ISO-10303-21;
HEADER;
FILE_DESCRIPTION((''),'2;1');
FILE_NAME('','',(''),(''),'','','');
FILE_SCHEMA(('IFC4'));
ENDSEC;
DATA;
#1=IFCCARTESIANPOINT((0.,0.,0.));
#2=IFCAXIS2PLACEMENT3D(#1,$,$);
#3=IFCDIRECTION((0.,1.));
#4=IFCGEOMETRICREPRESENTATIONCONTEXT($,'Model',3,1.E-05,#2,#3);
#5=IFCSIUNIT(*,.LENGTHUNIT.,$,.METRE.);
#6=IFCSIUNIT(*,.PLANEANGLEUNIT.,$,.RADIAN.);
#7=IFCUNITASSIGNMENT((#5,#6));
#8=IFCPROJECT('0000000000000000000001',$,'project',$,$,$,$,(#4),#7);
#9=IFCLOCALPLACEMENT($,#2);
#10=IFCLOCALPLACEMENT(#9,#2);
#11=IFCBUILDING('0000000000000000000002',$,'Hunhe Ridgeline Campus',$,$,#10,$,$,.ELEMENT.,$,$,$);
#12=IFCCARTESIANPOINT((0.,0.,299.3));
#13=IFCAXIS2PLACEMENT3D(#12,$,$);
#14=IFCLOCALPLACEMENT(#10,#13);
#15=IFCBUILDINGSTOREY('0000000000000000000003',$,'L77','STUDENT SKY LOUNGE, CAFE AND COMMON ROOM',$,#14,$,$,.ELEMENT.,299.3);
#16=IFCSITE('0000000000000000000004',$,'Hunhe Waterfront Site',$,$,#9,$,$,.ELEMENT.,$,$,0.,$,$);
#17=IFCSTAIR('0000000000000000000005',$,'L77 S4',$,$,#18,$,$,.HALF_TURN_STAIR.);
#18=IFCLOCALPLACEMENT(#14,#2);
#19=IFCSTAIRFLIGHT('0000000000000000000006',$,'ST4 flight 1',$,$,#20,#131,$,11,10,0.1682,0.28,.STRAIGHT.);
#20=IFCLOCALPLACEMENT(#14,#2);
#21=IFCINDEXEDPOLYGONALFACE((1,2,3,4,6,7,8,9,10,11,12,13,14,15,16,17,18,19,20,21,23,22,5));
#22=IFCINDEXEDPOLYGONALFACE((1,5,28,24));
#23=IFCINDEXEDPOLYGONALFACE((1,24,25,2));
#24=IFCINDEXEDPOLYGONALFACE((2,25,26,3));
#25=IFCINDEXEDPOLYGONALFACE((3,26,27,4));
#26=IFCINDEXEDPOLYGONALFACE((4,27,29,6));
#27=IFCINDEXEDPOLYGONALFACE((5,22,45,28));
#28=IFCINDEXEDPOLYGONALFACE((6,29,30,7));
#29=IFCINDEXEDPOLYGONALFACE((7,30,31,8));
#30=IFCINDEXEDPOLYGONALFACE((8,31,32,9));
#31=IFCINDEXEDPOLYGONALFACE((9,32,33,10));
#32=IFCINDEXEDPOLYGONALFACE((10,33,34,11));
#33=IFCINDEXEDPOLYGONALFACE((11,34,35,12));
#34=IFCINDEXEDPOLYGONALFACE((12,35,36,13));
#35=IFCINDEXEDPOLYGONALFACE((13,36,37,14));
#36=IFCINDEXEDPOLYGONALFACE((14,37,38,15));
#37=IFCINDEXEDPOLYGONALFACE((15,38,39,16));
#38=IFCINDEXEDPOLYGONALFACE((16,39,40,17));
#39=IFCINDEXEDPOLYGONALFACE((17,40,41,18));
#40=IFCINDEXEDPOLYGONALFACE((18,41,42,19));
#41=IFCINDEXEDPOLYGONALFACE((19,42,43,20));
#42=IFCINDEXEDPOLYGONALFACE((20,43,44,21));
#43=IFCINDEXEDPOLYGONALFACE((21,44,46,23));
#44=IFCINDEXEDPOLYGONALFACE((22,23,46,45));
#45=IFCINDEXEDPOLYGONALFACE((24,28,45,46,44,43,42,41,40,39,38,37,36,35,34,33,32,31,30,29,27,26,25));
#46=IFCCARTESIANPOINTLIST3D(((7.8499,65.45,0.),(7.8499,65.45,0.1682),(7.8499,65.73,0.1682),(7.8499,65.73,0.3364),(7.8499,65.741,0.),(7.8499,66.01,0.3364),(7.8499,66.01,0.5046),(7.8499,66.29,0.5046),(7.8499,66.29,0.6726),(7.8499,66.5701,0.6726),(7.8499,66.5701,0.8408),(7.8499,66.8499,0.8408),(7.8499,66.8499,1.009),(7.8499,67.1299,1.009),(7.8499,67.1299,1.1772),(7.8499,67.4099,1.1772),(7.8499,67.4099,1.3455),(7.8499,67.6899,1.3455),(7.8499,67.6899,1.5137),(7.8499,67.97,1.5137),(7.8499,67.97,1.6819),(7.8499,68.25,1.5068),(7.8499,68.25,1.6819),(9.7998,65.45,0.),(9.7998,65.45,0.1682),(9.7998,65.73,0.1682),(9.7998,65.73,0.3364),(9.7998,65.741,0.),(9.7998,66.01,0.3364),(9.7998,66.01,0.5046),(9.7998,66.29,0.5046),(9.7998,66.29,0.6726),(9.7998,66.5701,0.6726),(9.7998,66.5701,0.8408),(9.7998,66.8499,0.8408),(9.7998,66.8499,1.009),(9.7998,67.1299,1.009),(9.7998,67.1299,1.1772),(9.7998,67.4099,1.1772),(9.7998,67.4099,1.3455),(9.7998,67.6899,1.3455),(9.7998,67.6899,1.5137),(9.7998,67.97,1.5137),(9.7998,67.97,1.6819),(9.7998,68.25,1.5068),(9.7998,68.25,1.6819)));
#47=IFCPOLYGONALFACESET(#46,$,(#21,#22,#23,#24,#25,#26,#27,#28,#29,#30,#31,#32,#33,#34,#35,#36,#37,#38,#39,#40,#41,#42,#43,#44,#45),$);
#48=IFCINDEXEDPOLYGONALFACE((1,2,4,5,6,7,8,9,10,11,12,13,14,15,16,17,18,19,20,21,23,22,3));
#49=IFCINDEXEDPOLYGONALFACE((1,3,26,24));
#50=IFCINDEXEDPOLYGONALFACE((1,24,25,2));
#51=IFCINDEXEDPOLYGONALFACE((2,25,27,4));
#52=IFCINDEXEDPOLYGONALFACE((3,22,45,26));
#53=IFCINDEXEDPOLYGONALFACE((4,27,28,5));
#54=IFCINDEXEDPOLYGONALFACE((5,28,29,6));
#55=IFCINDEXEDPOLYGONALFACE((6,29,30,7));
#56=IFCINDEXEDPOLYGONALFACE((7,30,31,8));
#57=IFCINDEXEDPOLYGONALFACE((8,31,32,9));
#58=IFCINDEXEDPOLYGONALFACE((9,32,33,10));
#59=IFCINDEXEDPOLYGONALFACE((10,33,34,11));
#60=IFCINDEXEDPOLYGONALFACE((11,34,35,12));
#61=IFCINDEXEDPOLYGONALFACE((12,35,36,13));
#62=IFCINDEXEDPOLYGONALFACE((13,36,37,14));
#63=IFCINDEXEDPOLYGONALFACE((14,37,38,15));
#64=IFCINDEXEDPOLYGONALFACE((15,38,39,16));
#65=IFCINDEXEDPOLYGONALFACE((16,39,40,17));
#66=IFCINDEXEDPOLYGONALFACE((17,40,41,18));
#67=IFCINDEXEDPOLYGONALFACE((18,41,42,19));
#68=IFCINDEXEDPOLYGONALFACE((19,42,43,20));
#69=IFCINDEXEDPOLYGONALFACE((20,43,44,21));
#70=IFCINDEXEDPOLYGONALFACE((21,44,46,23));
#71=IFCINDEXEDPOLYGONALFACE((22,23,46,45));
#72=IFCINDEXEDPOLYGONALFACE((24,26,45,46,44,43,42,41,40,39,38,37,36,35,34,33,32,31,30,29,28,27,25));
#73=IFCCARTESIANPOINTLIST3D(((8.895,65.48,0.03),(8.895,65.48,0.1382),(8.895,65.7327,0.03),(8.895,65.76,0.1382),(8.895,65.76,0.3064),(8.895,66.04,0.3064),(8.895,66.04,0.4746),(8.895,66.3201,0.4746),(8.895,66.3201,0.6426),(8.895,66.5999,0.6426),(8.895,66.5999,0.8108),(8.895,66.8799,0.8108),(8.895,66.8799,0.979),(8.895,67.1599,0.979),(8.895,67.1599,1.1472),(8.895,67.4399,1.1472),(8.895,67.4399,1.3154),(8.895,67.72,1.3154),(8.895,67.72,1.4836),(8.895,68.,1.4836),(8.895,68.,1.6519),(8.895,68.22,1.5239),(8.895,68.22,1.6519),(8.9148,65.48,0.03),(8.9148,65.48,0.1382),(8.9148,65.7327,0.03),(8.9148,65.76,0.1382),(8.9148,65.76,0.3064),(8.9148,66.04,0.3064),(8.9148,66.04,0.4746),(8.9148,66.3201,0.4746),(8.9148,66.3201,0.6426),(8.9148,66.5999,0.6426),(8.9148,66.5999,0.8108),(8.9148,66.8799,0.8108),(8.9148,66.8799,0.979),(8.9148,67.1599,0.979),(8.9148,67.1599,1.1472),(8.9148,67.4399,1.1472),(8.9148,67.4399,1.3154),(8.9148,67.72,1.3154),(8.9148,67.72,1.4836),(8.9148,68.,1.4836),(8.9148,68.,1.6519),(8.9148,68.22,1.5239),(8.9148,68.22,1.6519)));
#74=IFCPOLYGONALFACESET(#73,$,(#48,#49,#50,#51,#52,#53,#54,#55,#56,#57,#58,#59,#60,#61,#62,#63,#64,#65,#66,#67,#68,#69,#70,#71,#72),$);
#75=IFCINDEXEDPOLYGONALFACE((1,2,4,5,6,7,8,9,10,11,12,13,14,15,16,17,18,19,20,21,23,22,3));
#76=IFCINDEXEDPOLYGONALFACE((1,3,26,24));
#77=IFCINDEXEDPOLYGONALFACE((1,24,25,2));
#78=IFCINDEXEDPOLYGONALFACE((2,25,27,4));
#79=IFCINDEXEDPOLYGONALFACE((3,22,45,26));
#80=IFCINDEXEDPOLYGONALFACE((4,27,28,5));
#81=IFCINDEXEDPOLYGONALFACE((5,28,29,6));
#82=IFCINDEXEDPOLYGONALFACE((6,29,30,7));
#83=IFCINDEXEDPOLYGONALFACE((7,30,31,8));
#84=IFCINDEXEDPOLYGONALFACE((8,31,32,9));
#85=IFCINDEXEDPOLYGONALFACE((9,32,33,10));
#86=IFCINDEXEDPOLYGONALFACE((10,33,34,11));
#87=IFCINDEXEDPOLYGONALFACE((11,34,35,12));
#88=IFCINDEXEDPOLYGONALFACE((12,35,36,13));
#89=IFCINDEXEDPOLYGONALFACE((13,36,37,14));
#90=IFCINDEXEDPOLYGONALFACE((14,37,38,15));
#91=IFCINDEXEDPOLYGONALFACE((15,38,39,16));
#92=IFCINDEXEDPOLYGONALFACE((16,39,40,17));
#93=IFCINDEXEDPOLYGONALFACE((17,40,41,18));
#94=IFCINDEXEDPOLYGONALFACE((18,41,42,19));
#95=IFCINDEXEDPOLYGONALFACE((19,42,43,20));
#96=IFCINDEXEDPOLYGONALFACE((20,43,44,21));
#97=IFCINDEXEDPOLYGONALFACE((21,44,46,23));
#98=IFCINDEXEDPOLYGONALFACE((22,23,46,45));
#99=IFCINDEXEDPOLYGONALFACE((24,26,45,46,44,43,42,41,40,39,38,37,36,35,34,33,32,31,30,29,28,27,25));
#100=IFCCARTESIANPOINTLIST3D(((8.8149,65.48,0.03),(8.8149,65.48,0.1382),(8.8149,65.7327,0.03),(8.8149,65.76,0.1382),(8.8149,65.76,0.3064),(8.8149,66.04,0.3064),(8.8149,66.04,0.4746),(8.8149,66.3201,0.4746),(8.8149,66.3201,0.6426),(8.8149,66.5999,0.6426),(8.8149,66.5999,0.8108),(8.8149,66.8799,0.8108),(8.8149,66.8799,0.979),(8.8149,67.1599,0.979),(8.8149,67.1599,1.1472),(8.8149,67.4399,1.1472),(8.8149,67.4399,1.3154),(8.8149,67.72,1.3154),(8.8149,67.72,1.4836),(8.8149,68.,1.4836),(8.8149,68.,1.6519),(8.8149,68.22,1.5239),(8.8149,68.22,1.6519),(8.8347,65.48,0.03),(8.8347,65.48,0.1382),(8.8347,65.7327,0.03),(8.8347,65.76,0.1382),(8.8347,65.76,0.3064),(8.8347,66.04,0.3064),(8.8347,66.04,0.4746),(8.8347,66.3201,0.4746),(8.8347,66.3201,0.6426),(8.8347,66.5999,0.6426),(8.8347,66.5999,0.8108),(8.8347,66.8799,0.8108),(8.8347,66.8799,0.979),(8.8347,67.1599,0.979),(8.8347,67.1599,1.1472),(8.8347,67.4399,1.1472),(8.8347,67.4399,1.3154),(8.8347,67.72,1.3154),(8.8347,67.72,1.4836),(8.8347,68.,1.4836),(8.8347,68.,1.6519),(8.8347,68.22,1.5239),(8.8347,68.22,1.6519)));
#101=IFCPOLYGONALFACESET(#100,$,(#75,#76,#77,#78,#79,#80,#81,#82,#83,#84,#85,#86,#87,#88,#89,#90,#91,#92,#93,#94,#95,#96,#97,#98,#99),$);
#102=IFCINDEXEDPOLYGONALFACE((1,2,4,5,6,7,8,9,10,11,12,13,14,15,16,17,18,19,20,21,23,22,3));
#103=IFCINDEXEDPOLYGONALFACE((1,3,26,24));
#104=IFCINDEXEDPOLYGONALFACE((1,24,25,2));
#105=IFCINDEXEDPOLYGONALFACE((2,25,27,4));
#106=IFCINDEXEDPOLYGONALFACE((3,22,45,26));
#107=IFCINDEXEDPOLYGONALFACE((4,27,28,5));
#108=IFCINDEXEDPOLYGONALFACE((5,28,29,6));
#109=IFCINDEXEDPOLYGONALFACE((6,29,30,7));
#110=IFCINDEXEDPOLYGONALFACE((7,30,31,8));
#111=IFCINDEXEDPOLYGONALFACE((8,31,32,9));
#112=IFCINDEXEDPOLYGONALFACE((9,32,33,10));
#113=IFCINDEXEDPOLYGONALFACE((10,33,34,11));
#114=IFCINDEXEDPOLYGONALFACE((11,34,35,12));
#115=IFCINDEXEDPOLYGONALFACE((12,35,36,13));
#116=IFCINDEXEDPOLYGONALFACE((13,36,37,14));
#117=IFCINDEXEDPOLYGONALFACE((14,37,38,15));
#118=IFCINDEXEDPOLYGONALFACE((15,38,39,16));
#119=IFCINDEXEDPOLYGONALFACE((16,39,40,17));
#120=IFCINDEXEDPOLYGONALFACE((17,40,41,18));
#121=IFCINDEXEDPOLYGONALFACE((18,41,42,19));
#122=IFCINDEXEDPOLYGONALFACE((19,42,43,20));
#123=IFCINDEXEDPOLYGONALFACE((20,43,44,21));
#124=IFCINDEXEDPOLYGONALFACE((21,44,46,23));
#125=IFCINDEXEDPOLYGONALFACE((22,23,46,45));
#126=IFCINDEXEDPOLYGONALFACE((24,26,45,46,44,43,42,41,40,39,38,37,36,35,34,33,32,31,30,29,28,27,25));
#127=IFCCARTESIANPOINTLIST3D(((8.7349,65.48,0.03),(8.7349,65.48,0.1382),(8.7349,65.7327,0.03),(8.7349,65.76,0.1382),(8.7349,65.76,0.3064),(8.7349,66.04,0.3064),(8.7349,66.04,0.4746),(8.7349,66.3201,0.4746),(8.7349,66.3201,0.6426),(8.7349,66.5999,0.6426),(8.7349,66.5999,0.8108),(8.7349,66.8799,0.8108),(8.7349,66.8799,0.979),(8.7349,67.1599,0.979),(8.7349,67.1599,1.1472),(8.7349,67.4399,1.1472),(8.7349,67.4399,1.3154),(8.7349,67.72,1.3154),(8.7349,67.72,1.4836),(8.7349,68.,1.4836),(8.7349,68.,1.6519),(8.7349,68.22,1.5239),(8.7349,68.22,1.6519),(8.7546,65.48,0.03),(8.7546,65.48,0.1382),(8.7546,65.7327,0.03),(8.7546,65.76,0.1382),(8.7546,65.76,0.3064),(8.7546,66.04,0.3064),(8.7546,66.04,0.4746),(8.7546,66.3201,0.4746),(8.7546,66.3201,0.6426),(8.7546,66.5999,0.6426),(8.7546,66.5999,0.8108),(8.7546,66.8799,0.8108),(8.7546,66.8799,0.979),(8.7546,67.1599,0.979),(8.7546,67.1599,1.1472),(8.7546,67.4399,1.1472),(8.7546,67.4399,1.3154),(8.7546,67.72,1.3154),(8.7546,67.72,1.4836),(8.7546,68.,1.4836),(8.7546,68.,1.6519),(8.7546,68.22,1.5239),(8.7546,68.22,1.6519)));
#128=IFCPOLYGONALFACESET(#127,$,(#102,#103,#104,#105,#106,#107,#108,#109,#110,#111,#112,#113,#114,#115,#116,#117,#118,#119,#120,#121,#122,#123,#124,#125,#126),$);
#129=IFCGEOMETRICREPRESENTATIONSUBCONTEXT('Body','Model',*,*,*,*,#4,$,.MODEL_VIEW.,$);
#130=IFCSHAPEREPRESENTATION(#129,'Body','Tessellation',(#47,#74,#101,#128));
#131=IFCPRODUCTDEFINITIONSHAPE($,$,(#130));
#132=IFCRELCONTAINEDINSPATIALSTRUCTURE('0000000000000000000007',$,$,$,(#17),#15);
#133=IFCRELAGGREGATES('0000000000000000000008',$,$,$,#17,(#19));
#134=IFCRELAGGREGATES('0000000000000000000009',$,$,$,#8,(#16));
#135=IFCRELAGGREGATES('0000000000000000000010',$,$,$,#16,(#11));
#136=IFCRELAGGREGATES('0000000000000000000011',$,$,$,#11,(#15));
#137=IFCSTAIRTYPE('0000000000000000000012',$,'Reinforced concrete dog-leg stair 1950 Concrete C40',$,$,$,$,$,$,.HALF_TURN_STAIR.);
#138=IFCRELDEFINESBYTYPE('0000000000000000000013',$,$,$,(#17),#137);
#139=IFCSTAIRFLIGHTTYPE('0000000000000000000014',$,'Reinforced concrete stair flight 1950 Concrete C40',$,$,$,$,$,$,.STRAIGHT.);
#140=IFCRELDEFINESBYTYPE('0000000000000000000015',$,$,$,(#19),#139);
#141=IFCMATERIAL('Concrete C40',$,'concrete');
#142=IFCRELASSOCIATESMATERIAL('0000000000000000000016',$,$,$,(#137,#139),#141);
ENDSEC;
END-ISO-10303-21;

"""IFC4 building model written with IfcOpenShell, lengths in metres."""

from ifc_helpers import new_model, si_unit, direction, frame, origin, place, context, subcontext, project, spatial, polyline, outline, extrude, material, type_object, element, aggregate, save


model = new_model("IFC4")

# Units and contexts
model_context = context("Model", 3, precision=1e-05, world=origin(), true_north=direction((0.0, 1.0)))
body_context = subcontext(model_context, "Body", "Model", "MODEL_VIEW")
ifc_project = project(units=[si_unit("LENGTHUNIT", "METRE"), si_unit("PLANEANGLEUNIT", "RADIAN")], contexts=[model_context])

# Site, building, storey
site_placement = place(None, origin())
site = spatial("IfcSite", under=ifc_project, at=site_placement, Name="Hunhe Waterfront Site", CompositionType="ELEMENT", RefElevation=0.0)
building_placement = place(site_placement, origin())
building = spatial("IfcBuilding", under=site, at=building_placement, Name="Hunhe Ridgeline Campus", CompositionType="ELEMENT")
storey_placement = place(building_placement, frame((0.0, 0.0, 299.3)))
storey = spatial("IfcBuildingStorey", under=building, at=storey_placement, Name="L77", Description="STUDENT SKY LOUNGE, CAFE AND COMMON ROOM", CompositionType="ELEMENT", Elevation=299.3)

# Stair, stair flight
ifc_material_1 = material(Name="Concrete C40", Category="concrete")
stair_type = type_object("IfcStairType", Name="Reinforced concrete dog-leg stair 1950 Concrete C40", PredefinedType="HALF_TURN_STAIR", material=ifc_material_1)
stair_flight_type = type_object("IfcStairFlightType", Name="Reinforced concrete stair flight 1950 Concrete C40", PredefinedType="STRAIGHT", material=ifc_material_1)
stair_1_placement = place(storey_placement, origin())
stair_1 = element("IfcStair", 1, at=stair_1_placement, inside=storey, type_object=stair_type, Name="L77 S4", PredefinedType="HALF_TURN_STAIR")
stair_flight_1_placement = place(storey_placement, frame((8.825, 65.45, 0.0), z_axis=(0.0, 0.0, 1.0), x_axis=(0.0, 1.0, 0.0)))
stair_flight_1 = element("IfcStairFlight", 2, at=stair_flight_1_placement, type_object=stair_flight_type, Name="ST4 flight 1", NumberOfRisers=11, NumberOfTreads=10, PredefinedType="STRAIGHT", RiserHeight=0.1682, TreadLength=0.28, context=body_context, shape_type="SweptSolid", body=[
    extrude(outline(polyline([(0.0, 0.0), (0.0, 0.1682), (0.28, 0.1682), (0.28, 0.3364), (0.5601, 0.3364), (0.5601, 0.5046), (0.8401, 0.5046), (0.8401, 0.6726), (1.1201, 0.6726), (1.1201, 0.8408), (1.3999, 0.8408), (1.3999, 1.009), (1.6799, 1.009), (1.6799, 1.1772), (1.96, 1.1772), (1.96, 1.3455), (2.24, 1.3455), (2.24, 1.5137), (2.52, 1.5137), (2.52, 1.6819), (2.8, 1.6819), (2.8, 1.8501), (2.8, 1.5068), (0.291, 0.0), (0.0, 0.0)])), frame((0.0, 0.9751, 0.0), z_axis=(0.0, -1.0, 0.0), x_axis=(1.0, 0.0, 0.0)), (0.0, 0.0, 1.0), 1.95),
    extrude(outline(polyline([(0.03, 0.03), (0.03, 0.1382), (0.3101, 0.1382), (0.3101, 0.3064), (0.5901, 0.3064), (0.5901, 0.4746), (0.8701, 0.4746), (0.8701, 0.6426), (1.1499, 0.6426), (1.1499, 0.8108), (1.4299, 0.8108), (1.4299, 0.979), (1.71, 0.979), (1.71, 1.1472), (1.99, 1.1472), (1.99, 1.3154), (2.27, 1.3154), (2.27, 1.4836), (2.55, 1.4836), (2.55, 1.6519), (2.77, 1.6519), (2.77, 1.5239), (0.2827, 0.03), (0.03, 0.03)])), frame((0.0, -0.0701, 0.0), z_axis=(0.0, -1.0, 0.0), x_axis=(1.0, 0.0, 0.0)), (0.0, 0.0, 1.0), 0.0198),
    extrude(outline(polyline([(0.03, 0.03), (0.03, 0.1382), (0.3101, 0.1382), (0.3101, 0.3064), (0.5901, 0.3064), (0.5901, 0.4746), (0.8701, 0.4746), (0.8701, 0.6426), (1.1499, 0.6426), (1.1499, 0.8108), (1.4299, 0.8108), (1.4299, 0.979), (1.71, 0.979), (1.71, 1.1472), (1.99, 1.1472), (1.99, 1.3154), (2.27, 1.3154), (2.27, 1.4836), (2.55, 1.4836), (2.55, 1.6519), (2.77, 1.6519), (2.77, 1.5239), (0.2827, 0.03), (0.03, 0.03)])), frame((0.0, 0.01, 0.0), z_axis=(0.0, -1.0, 0.0), x_axis=(1.0, 0.0, 0.0)), (0.0, 0.0, 1.0), 0.0198),
    extrude(outline(polyline([(0.03, 0.03), (0.03, 0.1382), (0.3101, 0.1382), (0.3101, 0.3064), (0.5901, 0.3064), (0.5901, 0.4746), (0.8701, 0.4746), (0.8701, 0.6426), (1.1499, 0.6426), (1.1499, 0.8108), (1.4299, 0.8108), (1.4299, 0.979), (1.71, 0.979), (1.71, 1.1472), (1.99, 1.1472), (1.99, 1.3154), (2.27, 1.3154), (2.27, 1.4836), (2.55, 1.4836), (2.55, 1.6519), (2.77, 1.6519), (2.77, 1.5239), (0.2827, 0.03), (0.03, 0.03)])), frame((0.0, 0.0901, 0.0), z_axis=(0.0, -1.0, 0.0), x_axis=(1.0, 0.0, 0.0)), (0.0, 0.0, 1.0), 0.0198),
])
aggregate(stair_1, [stair_flight_1])

save(model, "model.ifc")
